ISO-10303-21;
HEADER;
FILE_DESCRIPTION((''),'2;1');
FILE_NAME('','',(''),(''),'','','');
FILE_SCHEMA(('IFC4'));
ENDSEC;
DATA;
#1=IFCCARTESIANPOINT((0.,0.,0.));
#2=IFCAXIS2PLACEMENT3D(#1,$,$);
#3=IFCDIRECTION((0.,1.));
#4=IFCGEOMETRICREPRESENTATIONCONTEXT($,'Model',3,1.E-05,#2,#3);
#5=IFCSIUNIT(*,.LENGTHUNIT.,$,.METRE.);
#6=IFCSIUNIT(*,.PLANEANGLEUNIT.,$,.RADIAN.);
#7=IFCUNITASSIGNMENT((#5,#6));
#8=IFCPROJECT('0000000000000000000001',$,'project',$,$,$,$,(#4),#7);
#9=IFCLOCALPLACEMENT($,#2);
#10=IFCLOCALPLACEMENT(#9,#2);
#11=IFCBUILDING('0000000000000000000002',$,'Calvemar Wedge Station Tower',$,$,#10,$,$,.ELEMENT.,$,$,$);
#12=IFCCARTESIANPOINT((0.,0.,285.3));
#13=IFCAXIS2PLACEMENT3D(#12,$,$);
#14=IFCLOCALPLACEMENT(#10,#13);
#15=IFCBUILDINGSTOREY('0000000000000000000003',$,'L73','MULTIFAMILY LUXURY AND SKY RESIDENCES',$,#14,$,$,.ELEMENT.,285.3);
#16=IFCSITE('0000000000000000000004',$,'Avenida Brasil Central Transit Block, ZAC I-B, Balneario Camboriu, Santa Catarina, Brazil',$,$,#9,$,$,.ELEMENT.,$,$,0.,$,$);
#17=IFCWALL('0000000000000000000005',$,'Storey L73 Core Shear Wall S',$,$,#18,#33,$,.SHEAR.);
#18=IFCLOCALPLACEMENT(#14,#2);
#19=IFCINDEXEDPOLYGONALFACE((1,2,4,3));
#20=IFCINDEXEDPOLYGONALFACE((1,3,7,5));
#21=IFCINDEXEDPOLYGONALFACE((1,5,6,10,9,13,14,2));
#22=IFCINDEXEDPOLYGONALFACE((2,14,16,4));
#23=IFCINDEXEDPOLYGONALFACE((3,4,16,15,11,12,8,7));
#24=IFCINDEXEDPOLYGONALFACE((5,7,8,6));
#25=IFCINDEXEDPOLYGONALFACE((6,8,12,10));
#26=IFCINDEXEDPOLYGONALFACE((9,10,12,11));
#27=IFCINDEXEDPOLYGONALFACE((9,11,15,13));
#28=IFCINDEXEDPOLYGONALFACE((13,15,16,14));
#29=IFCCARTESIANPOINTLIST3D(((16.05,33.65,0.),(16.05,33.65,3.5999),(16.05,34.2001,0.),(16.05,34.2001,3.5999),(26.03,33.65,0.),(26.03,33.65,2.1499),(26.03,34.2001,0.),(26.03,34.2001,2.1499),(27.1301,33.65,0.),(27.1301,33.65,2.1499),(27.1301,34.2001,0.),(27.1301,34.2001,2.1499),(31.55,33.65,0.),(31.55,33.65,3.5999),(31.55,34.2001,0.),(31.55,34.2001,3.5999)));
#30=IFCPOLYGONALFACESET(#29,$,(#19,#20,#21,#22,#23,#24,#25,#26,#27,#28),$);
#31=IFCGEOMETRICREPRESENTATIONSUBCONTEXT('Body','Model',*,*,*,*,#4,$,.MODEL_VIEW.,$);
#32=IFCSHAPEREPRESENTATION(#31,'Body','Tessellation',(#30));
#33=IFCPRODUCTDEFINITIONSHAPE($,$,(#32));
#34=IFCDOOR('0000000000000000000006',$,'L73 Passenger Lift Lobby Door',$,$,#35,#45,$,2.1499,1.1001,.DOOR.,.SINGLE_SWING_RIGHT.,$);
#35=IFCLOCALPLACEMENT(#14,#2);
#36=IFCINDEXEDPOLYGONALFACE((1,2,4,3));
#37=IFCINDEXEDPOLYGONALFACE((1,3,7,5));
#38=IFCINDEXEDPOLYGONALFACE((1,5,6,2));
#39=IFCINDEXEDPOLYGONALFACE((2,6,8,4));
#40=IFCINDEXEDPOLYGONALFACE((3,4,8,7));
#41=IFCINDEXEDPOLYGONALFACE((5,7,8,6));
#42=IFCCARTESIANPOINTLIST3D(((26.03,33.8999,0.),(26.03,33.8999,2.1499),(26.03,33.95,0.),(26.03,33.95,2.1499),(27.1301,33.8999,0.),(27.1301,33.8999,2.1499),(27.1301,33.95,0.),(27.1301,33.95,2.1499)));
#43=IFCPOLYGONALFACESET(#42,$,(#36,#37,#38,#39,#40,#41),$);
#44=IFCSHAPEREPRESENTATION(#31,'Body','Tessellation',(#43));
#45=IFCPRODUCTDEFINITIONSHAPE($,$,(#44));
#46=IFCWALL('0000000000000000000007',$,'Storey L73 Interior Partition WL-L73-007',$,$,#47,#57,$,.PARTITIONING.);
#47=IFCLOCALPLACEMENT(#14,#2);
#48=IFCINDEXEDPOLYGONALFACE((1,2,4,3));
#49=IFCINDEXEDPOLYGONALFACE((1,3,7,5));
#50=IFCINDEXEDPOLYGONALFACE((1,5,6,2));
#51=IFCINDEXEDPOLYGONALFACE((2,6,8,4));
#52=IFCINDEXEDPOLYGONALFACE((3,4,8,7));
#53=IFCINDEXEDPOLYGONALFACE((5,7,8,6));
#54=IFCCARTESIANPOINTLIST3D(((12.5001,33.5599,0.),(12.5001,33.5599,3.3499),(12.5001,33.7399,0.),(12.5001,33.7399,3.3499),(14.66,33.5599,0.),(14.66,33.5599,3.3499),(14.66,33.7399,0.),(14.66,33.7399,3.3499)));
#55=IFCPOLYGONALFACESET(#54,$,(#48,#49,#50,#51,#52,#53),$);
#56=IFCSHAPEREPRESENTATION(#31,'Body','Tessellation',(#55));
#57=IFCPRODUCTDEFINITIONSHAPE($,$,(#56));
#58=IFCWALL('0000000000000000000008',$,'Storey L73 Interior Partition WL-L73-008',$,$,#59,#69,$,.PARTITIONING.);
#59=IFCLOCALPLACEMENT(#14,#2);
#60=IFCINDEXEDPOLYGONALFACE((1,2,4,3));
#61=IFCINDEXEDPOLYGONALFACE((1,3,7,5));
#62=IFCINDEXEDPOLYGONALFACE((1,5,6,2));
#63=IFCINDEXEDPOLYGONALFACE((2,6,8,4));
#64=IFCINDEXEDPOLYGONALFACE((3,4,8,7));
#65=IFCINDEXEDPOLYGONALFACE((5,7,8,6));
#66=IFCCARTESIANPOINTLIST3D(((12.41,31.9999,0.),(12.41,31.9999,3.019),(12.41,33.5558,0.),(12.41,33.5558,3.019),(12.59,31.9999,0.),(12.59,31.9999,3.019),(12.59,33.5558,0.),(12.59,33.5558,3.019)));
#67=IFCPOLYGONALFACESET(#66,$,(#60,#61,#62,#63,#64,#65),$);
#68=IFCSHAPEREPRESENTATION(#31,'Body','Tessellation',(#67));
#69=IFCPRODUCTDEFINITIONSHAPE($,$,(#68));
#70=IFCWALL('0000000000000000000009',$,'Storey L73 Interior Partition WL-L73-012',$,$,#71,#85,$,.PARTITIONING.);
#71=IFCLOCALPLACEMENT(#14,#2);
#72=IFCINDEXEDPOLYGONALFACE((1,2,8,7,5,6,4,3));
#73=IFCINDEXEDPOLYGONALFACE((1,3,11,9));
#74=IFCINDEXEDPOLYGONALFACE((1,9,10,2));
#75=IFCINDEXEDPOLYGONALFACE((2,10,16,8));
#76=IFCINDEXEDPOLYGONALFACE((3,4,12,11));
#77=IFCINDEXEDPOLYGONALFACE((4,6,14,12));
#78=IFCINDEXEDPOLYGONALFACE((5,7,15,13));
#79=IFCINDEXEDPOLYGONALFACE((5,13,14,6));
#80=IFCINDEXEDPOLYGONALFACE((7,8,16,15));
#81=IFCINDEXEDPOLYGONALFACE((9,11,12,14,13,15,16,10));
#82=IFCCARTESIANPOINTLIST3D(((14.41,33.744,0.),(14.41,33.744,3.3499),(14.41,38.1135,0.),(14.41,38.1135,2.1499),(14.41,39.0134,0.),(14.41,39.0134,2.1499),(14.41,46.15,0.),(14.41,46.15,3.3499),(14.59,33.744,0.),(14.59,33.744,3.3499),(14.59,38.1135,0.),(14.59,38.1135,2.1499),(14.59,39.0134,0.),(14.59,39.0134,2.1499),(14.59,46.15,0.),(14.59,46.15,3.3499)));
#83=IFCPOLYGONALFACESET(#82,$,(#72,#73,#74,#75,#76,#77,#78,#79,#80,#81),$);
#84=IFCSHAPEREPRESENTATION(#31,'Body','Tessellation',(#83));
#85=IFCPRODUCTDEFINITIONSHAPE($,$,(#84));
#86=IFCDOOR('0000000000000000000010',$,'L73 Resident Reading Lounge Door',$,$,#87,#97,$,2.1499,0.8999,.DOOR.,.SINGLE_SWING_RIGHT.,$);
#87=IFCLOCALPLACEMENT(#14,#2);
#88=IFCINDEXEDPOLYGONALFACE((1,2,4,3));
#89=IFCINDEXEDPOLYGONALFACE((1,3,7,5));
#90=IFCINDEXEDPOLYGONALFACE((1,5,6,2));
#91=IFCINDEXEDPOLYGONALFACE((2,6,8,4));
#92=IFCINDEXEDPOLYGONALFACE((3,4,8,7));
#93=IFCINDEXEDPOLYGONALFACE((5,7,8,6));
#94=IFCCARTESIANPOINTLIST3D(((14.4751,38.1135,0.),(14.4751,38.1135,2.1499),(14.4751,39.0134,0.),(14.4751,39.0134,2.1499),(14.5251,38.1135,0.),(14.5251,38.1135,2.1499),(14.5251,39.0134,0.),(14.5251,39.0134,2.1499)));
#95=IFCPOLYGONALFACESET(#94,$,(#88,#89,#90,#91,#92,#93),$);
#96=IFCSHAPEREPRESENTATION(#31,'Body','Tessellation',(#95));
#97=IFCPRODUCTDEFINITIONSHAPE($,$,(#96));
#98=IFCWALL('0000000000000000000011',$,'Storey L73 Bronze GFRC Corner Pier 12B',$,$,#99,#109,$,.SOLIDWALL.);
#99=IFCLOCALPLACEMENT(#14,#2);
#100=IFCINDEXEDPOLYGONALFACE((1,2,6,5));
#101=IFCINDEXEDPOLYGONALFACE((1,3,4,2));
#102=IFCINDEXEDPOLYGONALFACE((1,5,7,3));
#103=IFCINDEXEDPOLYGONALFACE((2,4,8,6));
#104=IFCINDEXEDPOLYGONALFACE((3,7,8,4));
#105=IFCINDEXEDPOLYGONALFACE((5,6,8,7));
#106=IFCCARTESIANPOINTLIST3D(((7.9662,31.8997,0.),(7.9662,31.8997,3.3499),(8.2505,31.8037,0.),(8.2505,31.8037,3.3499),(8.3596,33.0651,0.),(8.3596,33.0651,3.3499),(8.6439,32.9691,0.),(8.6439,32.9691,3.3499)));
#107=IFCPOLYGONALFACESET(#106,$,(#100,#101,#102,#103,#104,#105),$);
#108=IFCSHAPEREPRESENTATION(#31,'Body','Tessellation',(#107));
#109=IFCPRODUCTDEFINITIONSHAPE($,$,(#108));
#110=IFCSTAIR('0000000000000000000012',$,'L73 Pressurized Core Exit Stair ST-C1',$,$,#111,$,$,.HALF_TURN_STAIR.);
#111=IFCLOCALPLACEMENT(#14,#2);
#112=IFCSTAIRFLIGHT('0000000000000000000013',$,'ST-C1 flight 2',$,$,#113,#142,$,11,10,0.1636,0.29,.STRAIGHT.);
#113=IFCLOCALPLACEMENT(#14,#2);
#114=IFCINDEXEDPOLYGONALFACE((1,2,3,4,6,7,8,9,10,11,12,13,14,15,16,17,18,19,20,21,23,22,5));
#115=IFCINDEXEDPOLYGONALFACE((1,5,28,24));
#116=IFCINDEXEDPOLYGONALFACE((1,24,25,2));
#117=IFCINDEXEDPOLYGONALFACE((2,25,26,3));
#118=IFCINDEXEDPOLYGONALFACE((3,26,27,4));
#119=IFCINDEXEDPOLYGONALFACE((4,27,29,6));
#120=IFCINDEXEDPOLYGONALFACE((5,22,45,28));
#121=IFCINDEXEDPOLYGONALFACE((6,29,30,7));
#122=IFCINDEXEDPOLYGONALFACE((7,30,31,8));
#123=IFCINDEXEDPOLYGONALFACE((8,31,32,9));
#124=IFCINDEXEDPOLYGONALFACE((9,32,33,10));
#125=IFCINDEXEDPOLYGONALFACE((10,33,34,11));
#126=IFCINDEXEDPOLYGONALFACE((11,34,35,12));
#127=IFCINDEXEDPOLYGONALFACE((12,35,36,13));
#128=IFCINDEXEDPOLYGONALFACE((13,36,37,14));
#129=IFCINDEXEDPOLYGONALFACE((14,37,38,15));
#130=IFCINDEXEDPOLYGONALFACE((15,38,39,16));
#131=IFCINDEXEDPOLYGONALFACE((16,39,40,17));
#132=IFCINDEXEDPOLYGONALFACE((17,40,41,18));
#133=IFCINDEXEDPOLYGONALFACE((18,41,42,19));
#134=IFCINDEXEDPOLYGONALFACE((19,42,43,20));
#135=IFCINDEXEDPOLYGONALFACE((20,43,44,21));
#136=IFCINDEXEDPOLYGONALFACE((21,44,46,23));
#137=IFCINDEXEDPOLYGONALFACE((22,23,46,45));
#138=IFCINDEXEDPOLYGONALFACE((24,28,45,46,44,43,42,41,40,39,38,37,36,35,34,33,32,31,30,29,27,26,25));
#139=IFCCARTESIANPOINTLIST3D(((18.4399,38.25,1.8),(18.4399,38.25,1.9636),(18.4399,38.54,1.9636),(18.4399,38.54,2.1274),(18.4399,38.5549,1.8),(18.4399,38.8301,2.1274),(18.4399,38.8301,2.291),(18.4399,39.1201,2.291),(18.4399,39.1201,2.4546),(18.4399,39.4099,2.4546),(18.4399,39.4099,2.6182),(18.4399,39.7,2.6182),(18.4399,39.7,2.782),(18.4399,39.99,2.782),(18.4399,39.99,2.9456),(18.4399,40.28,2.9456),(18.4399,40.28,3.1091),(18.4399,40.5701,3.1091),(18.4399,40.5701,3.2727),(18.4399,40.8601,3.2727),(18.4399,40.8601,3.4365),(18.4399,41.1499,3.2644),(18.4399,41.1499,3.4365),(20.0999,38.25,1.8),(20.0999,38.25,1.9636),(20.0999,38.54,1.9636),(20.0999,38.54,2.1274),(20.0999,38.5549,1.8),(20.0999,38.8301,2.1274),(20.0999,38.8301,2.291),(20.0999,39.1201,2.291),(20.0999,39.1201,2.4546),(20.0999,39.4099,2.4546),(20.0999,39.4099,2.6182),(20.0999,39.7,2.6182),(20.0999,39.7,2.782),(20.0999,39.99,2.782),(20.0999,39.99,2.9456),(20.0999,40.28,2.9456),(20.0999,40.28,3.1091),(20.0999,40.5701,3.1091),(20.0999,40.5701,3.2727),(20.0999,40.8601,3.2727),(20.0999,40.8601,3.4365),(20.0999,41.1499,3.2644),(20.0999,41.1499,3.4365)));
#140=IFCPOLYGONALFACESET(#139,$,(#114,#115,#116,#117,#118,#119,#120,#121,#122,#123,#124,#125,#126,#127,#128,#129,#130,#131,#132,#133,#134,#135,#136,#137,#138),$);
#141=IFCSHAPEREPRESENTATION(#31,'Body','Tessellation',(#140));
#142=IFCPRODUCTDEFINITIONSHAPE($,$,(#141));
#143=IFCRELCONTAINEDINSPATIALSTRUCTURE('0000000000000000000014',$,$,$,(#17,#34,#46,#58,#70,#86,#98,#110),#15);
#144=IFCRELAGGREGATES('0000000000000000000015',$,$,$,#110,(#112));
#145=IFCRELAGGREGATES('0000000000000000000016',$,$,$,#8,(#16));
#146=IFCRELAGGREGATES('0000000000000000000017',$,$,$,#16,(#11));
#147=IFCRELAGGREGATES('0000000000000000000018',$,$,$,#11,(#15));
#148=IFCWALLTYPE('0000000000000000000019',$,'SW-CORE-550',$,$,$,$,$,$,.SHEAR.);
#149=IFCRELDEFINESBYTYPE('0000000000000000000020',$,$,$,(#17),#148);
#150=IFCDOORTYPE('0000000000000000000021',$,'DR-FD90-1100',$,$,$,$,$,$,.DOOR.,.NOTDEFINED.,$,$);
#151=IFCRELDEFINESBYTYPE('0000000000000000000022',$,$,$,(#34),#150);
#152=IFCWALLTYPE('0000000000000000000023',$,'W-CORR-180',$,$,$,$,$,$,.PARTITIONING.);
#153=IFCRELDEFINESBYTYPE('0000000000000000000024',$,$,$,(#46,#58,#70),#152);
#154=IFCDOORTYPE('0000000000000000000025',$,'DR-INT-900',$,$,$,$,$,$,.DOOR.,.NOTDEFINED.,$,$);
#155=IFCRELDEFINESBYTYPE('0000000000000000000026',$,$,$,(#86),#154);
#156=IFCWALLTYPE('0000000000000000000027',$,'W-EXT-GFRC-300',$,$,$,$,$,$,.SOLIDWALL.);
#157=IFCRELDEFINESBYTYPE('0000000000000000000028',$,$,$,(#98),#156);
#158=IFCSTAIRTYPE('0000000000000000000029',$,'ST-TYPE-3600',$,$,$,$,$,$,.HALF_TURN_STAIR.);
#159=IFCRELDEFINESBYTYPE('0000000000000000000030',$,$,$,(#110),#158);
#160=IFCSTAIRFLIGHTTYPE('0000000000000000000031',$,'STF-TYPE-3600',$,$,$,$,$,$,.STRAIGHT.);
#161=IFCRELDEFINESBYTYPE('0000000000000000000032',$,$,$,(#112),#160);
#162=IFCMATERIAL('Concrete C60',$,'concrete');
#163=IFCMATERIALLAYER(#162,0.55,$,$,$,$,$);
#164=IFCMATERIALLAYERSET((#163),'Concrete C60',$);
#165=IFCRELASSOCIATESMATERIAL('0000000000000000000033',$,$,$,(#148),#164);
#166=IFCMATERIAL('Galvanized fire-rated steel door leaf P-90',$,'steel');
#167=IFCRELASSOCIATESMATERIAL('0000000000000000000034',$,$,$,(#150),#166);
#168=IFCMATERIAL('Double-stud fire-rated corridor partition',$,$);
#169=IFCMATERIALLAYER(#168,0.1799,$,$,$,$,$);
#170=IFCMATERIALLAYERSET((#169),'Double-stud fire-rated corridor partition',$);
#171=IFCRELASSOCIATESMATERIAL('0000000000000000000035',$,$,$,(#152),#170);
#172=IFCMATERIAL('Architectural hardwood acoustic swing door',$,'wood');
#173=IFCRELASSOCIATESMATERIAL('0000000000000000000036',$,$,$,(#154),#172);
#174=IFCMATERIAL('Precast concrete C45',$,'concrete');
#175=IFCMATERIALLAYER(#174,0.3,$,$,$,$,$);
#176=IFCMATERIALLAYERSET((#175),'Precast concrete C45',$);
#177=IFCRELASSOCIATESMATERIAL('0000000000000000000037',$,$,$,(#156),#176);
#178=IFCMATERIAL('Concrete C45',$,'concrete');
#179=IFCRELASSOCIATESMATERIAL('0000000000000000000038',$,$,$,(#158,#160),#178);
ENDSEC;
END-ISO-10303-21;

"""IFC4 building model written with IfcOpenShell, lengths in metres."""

from ifc_helpers import new_model, si_unit, direction, frame, frame_2d, origin, place, context, subcontext, project, spatial, polyline, rectangle, outline, extrude, source, transform, mapped, material, layer, layer_set, type_object, element, fill, aggregate, save


model = new_model("IFC4")

# Units and contexts
model_context = context("Model", 3, precision=1e-05, world=origin(), true_north=direction((0.0, 1.0)))
body_context = subcontext(model_context, "Body", "Model", "MODEL_VIEW")
ifc_project = project(units=[si_unit("LENGTHUNIT", "METRE"), si_unit("PLANEANGLEUNIT", "RADIAN")], contexts=[model_context])

# Site, building, storey
site_placement = place(None, origin())
site = spatial("IfcSite", under=ifc_project, at=site_placement, Name="Avenida Brasil Central Transit Block, ZAC I-B, Balneario Camboriu, Santa Catarina, Brazil", CompositionType="ELEMENT", RefElevation=0.0)
building_placement = place(site_placement, origin())
building = spatial("IfcBuilding", under=site, at=building_placement, Name="Calvemar Wedge Station Tower", CompositionType="ELEMENT")
storey_placement = place(building_placement, frame((0.0, 0.0, 285.3)))
storey = spatial("IfcBuildingStorey", under=building, at=storey_placement, Name="L73", Description="MULTIFAMILY LUXURY AND SKY RESIDENCES", CompositionType="ELEMENT", Elevation=285.3)

# Wall, opening, door
ifc_material_1 = material(Name="Concrete C60", Category="concrete")
ifc_layer_1 = layer(ifc_material_1, 0.55)
ifc_layer_set_1 = layer_set([ifc_layer_1], Name="Concrete C60")
wall_type_1 = type_object("IfcWallType", Name="SW-CORE-550", PredefinedType="SHEAR", material=ifc_layer_set_1)
wall_1_placement = place(storey_placement, frame((16.05, 33.925, 0.0), z_axis=(0.0, 0.0, 1.0), x_axis=(1.0, 0.0, 0.0)))
wall_1 = element("IfcWall", 1, at=wall_1_placement, inside=storey, type_object=wall_type_1, Name="Storey L73 Core Shear Wall S", PredefinedType="SHEAR", context=body_context, shape_type="SweptSolid", body=[
    extrude(rectangle(XDim=15.5, YDim=0.55, at=frame_2d((7.75, 0.0))), origin(), (0.0, 0.0, 1.0), 3.5999),
])
shared_shape_1 = source(origin(), body_context, "Body", "SweptSolid", [
    extrude(rectangle(XDim=1.1001, YDim=2.1499, at=frame_2d((0.55, 1.075))), frame((0.0, 0.2852, 0.0), z_axis=(0.0, -1.0, 0.0), x_axis=(1.0, 0.0, 0.0)), (0.0, 0.0, 1.0), 0.5701),
])
opening_1_placement = place(wall_1_placement, frame((9.98, 0.0, 0.0)))
opening_1 = element("IfcOpeningElement", 2, at=opening_1_placement, cuts=wall_1, PredefinedType="OPENING", context=body_context, shape_type="MappedRepresentation", body=[
    mapped(shared_shape_1, transform((0.0, 0.0, 0.0), scale=1.0)),
])
ifc_material_2 = material(Name="Galvanized fire-rated steel door leaf P-90", Category="steel")
door_type_1 = type_object("IfcDoorType", Name="DR-FD90-1100", OperationType="NOTDEFINED", PredefinedType="DOOR", material=ifc_material_2)
shared_shape_2 = source(origin(), body_context, "Body", "SweptSolid", [
    extrude(rectangle(XDim=1.1001, YDim=2.1499, at=frame_2d((0.55, 1.075))), frame((0.0, 0.0249, 0.0), z_axis=(0.0, -1.0, 0.0), x_axis=(1.0, 0.0, 0.0)), (0.0, 0.0, 1.0), 0.05),
])
door_1_placement = place(opening_1_placement, origin())
door_1 = element("IfcDoor", 3, at=door_1_placement, inside=storey, type_object=door_type_1, Name="L73 Passenger Lift Lobby Door", OperationType="SINGLE_SWING_RIGHT", OverallHeight=2.1499, OverallWidth=1.1001, PredefinedType="DOOR", context=body_context, shape_type="MappedRepresentation", body=[
    mapped(shared_shape_2, transform((0.0, 0.0, 0.0), scale=1.0)),
])
fill(opening_1, door_1)

# Walls
ifc_material_3 = material(Name="Double-stud fire-rated corridor partition")
ifc_layer_2 = layer(ifc_material_3, 0.1799)
ifc_layer_set_2 = layer_set([ifc_layer_2], Name="Double-stud fire-rated corridor partition")
wall_type_2 = type_object("IfcWallType", Name="W-CORR-180", PredefinedType="PARTITIONING", material=ifc_layer_set_2)
wall_2_placement = place(storey_placement, frame((12.5, 33.6499, 0.0), z_axis=(0.0, 0.0, 1.0), x_axis=(1.0, 0.0, 0.0)))
element("IfcWall", 4, at=wall_2_placement, inside=storey, type_object=wall_type_2, Name="Storey L73 Interior Partition WL-L73-007", PredefinedType="PARTITIONING", context=body_context, shape_type="SweptSolid", body=[
    extrude(rectangle(XDim=2.1599, YDim=0.1799, at=frame_2d((1.0801, 0.0))), origin(), (0.0, 0.0, 1.0), 3.3499),
])
wall_3_placement = place(storey_placement, frame((12.5, 32.0, 0.0), z_axis=(0.0, 0.0, 1.0), x_axis=(0.0, 1.0, 0.0)))
element("IfcWall", 5, at=wall_3_placement, inside=storey, type_object=wall_type_2, Name="Storey L73 Interior Partition WL-L73-008", PredefinedType="PARTITIONING", context=body_context, shape_type="SweptSolid", body=[
    extrude(rectangle(XDim=1.5559, YDim=0.1799, at=frame_2d((0.7778, 0.0))), origin(), (0.0, 0.0, 1.0), 3.019),
])

# Wall, opening, door
shared_shape_3 = source(origin(), body_context, "Body", "SweptSolid", [
    extrude(rectangle(XDim=0.8999, YDim=2.1499, at=frame_2d((0.45, 1.075))), frame((0.0, 0.1001, 0.0), z_axis=(0.0, -1.0, 0.0), x_axis=(1.0, 0.0, 0.0)), (0.0, 0.0, 1.0), 0.2),
])
wall_4_placement = place(storey_placement, frame((14.5, 33.7439, 0.0), z_axis=(0.0, 0.0, 1.0), x_axis=(0.0, 1.0, 0.0)))
wall_4 = element("IfcWall", 6, at=wall_4_placement, inside=storey, type_object=wall_type_2, Name="Storey L73 Interior Partition WL-L73-012", PredefinedType="PARTITIONING", context=body_context, shape_type="SweptSolid", body=[
    extrude(rectangle(XDim=12.406, YDim=0.1799, at=frame_2d((6.2031, 0.0))), origin(), (0.0, 0.0, 1.0), 3.3499),
])
opening_2_placement = place(wall_4_placement, frame((4.3696, 0.0, 0.0)))
opening_2 = element("IfcOpeningElement", 7, at=opening_2_placement, cuts=wall_4, PredefinedType="OPENING", context=body_context, shape_type="MappedRepresentation", body=[
    mapped(shared_shape_3, transform((0.0, 0.0, 0.0), scale=1.0)),
])
ifc_material_4 = material(Name="Architectural hardwood acoustic swing door", Category="wood")
door_type_2 = type_object("IfcDoorType", Name="DR-INT-900", OperationType="NOTDEFINED", PredefinedType="DOOR", material=ifc_material_4)
shared_shape_4 = source(origin(), body_context, "Body", "SweptSolid", [
    extrude(rectangle(XDim=0.8999, YDim=2.1499, at=frame_2d((0.45, 1.075))), frame((0.0, 0.0249, 0.0), z_axis=(0.0, -1.0, 0.0), x_axis=(1.0, 0.0, 0.0)), (0.0, 0.0, 1.0), 0.05),
])
door_2_placement = place(opening_2_placement, origin())
door_2 = element("IfcDoor", 8, at=door_2_placement, inside=storey, type_object=door_type_2, Name="L73 Resident Reading Lounge Door", OperationType="SINGLE_SWING_RIGHT", OverallHeight=2.1499, OverallWidth=0.8999, PredefinedType="DOOR", context=body_context, shape_type="MappedRepresentation", body=[
    mapped(shared_shape_4, transform((0.0, 0.0, 0.0), scale=1.0)),
])
fill(opening_2, door_2)

# Wall
ifc_material_5 = material(Name="Precast concrete C45", Category="concrete")
ifc_layer_3 = layer(ifc_material_5, 0.3)
ifc_layer_set_3 = layer_set([ifc_layer_3], Name="Precast concrete C45")
wall_type_3 = type_object("IfcWallType", Name="W-EXT-GFRC-300", PredefinedType="SOLIDWALL", material=ifc_layer_set_3)
wall_5_placement = place(storey_placement, frame((8.5017, 33.0171, 0.0), z_axis=(0.0, 0.0, 1.0), x_axis=(-0.319799, -0.947486, 0.0)))
element("IfcWall", 9, at=wall_5_placement, inside=storey, type_object=wall_type_3, Name="Storey L73 Bronze GFRC Corner Pier 12B", PredefinedType="SOLIDWALL", context=body_context, shape_type="SweptSolid", body=[
    extrude(rectangle(XDim=1.23, YDim=0.3, at=frame_2d((0.615, 0.0))), origin(), (0.0, 0.0, 1.0), 3.3499),
])

# Stair, stair flight
ifc_material_6 = material(Name="Concrete C45", Category="concrete")
stair_type = type_object("IfcStairType", Name="ST-TYPE-3600", PredefinedType="HALF_TURN_STAIR", material=ifc_material_6)
stair_placement = place(storey_placement, origin())
stair = element("IfcStair", 10, at=stair_placement, inside=storey, type_object=stair_type, Name="L73 Pressurized Core Exit Stair ST-C1", PredefinedType="HALF_TURN_STAIR")
stair_flight_type = type_object("IfcStairFlightType", Name="STF-TYPE-3600", PredefinedType="STRAIGHT", material=ifc_material_6)
stair_flight_placement = place(storey_placement, frame((19.27, 38.25, 1.8), z_axis=(0.0, 0.0, 1.0), x_axis=(0.0, 1.0, 0.0)))
stair_flight = element("IfcStairFlight", 11, at=stair_flight_placement, type_object=stair_flight_type, Name="ST-C1 flight 2", NumberOfRisers=11, NumberOfTreads=10, PredefinedType="STRAIGHT", RiserHeight=0.1636, TreadLength=0.29, context=body_context, shape_type="SweptSolid", body=[
    extrude(outline(polyline([(0.0, 0.0), (0.0, 0.1636), (0.29, 0.1636), (0.29, 0.3274), (0.5801, 0.3274), (0.5801, 0.491), (0.8701, 0.491), (0.8701, 0.6545), (1.1599, 0.6545), (1.1599, 0.8181), (1.45, 0.8181), (1.45, 0.9819), (1.74, 0.9819), (1.74, 1.1455), (2.03, 1.1455), (2.03, 1.3091), (2.3201, 1.3091), (2.3201, 1.4727), (2.6101, 1.4727), (2.6101, 1.6365), (2.8999, 1.6365), (2.8999, 1.8), (2.8999, 1.4644), (0.3049, 0.0), (0.0, 0.0)])), frame((0.0, 0.8301, 0.0), z_axis=(0.0, -1.0, 0.0), x_axis=(1.0, 0.0, 0.0)), (0.0, 0.0, 1.0), 1.6599),
])
aggregate(stair, [stair_flight])

save(model, "model.ifc")
